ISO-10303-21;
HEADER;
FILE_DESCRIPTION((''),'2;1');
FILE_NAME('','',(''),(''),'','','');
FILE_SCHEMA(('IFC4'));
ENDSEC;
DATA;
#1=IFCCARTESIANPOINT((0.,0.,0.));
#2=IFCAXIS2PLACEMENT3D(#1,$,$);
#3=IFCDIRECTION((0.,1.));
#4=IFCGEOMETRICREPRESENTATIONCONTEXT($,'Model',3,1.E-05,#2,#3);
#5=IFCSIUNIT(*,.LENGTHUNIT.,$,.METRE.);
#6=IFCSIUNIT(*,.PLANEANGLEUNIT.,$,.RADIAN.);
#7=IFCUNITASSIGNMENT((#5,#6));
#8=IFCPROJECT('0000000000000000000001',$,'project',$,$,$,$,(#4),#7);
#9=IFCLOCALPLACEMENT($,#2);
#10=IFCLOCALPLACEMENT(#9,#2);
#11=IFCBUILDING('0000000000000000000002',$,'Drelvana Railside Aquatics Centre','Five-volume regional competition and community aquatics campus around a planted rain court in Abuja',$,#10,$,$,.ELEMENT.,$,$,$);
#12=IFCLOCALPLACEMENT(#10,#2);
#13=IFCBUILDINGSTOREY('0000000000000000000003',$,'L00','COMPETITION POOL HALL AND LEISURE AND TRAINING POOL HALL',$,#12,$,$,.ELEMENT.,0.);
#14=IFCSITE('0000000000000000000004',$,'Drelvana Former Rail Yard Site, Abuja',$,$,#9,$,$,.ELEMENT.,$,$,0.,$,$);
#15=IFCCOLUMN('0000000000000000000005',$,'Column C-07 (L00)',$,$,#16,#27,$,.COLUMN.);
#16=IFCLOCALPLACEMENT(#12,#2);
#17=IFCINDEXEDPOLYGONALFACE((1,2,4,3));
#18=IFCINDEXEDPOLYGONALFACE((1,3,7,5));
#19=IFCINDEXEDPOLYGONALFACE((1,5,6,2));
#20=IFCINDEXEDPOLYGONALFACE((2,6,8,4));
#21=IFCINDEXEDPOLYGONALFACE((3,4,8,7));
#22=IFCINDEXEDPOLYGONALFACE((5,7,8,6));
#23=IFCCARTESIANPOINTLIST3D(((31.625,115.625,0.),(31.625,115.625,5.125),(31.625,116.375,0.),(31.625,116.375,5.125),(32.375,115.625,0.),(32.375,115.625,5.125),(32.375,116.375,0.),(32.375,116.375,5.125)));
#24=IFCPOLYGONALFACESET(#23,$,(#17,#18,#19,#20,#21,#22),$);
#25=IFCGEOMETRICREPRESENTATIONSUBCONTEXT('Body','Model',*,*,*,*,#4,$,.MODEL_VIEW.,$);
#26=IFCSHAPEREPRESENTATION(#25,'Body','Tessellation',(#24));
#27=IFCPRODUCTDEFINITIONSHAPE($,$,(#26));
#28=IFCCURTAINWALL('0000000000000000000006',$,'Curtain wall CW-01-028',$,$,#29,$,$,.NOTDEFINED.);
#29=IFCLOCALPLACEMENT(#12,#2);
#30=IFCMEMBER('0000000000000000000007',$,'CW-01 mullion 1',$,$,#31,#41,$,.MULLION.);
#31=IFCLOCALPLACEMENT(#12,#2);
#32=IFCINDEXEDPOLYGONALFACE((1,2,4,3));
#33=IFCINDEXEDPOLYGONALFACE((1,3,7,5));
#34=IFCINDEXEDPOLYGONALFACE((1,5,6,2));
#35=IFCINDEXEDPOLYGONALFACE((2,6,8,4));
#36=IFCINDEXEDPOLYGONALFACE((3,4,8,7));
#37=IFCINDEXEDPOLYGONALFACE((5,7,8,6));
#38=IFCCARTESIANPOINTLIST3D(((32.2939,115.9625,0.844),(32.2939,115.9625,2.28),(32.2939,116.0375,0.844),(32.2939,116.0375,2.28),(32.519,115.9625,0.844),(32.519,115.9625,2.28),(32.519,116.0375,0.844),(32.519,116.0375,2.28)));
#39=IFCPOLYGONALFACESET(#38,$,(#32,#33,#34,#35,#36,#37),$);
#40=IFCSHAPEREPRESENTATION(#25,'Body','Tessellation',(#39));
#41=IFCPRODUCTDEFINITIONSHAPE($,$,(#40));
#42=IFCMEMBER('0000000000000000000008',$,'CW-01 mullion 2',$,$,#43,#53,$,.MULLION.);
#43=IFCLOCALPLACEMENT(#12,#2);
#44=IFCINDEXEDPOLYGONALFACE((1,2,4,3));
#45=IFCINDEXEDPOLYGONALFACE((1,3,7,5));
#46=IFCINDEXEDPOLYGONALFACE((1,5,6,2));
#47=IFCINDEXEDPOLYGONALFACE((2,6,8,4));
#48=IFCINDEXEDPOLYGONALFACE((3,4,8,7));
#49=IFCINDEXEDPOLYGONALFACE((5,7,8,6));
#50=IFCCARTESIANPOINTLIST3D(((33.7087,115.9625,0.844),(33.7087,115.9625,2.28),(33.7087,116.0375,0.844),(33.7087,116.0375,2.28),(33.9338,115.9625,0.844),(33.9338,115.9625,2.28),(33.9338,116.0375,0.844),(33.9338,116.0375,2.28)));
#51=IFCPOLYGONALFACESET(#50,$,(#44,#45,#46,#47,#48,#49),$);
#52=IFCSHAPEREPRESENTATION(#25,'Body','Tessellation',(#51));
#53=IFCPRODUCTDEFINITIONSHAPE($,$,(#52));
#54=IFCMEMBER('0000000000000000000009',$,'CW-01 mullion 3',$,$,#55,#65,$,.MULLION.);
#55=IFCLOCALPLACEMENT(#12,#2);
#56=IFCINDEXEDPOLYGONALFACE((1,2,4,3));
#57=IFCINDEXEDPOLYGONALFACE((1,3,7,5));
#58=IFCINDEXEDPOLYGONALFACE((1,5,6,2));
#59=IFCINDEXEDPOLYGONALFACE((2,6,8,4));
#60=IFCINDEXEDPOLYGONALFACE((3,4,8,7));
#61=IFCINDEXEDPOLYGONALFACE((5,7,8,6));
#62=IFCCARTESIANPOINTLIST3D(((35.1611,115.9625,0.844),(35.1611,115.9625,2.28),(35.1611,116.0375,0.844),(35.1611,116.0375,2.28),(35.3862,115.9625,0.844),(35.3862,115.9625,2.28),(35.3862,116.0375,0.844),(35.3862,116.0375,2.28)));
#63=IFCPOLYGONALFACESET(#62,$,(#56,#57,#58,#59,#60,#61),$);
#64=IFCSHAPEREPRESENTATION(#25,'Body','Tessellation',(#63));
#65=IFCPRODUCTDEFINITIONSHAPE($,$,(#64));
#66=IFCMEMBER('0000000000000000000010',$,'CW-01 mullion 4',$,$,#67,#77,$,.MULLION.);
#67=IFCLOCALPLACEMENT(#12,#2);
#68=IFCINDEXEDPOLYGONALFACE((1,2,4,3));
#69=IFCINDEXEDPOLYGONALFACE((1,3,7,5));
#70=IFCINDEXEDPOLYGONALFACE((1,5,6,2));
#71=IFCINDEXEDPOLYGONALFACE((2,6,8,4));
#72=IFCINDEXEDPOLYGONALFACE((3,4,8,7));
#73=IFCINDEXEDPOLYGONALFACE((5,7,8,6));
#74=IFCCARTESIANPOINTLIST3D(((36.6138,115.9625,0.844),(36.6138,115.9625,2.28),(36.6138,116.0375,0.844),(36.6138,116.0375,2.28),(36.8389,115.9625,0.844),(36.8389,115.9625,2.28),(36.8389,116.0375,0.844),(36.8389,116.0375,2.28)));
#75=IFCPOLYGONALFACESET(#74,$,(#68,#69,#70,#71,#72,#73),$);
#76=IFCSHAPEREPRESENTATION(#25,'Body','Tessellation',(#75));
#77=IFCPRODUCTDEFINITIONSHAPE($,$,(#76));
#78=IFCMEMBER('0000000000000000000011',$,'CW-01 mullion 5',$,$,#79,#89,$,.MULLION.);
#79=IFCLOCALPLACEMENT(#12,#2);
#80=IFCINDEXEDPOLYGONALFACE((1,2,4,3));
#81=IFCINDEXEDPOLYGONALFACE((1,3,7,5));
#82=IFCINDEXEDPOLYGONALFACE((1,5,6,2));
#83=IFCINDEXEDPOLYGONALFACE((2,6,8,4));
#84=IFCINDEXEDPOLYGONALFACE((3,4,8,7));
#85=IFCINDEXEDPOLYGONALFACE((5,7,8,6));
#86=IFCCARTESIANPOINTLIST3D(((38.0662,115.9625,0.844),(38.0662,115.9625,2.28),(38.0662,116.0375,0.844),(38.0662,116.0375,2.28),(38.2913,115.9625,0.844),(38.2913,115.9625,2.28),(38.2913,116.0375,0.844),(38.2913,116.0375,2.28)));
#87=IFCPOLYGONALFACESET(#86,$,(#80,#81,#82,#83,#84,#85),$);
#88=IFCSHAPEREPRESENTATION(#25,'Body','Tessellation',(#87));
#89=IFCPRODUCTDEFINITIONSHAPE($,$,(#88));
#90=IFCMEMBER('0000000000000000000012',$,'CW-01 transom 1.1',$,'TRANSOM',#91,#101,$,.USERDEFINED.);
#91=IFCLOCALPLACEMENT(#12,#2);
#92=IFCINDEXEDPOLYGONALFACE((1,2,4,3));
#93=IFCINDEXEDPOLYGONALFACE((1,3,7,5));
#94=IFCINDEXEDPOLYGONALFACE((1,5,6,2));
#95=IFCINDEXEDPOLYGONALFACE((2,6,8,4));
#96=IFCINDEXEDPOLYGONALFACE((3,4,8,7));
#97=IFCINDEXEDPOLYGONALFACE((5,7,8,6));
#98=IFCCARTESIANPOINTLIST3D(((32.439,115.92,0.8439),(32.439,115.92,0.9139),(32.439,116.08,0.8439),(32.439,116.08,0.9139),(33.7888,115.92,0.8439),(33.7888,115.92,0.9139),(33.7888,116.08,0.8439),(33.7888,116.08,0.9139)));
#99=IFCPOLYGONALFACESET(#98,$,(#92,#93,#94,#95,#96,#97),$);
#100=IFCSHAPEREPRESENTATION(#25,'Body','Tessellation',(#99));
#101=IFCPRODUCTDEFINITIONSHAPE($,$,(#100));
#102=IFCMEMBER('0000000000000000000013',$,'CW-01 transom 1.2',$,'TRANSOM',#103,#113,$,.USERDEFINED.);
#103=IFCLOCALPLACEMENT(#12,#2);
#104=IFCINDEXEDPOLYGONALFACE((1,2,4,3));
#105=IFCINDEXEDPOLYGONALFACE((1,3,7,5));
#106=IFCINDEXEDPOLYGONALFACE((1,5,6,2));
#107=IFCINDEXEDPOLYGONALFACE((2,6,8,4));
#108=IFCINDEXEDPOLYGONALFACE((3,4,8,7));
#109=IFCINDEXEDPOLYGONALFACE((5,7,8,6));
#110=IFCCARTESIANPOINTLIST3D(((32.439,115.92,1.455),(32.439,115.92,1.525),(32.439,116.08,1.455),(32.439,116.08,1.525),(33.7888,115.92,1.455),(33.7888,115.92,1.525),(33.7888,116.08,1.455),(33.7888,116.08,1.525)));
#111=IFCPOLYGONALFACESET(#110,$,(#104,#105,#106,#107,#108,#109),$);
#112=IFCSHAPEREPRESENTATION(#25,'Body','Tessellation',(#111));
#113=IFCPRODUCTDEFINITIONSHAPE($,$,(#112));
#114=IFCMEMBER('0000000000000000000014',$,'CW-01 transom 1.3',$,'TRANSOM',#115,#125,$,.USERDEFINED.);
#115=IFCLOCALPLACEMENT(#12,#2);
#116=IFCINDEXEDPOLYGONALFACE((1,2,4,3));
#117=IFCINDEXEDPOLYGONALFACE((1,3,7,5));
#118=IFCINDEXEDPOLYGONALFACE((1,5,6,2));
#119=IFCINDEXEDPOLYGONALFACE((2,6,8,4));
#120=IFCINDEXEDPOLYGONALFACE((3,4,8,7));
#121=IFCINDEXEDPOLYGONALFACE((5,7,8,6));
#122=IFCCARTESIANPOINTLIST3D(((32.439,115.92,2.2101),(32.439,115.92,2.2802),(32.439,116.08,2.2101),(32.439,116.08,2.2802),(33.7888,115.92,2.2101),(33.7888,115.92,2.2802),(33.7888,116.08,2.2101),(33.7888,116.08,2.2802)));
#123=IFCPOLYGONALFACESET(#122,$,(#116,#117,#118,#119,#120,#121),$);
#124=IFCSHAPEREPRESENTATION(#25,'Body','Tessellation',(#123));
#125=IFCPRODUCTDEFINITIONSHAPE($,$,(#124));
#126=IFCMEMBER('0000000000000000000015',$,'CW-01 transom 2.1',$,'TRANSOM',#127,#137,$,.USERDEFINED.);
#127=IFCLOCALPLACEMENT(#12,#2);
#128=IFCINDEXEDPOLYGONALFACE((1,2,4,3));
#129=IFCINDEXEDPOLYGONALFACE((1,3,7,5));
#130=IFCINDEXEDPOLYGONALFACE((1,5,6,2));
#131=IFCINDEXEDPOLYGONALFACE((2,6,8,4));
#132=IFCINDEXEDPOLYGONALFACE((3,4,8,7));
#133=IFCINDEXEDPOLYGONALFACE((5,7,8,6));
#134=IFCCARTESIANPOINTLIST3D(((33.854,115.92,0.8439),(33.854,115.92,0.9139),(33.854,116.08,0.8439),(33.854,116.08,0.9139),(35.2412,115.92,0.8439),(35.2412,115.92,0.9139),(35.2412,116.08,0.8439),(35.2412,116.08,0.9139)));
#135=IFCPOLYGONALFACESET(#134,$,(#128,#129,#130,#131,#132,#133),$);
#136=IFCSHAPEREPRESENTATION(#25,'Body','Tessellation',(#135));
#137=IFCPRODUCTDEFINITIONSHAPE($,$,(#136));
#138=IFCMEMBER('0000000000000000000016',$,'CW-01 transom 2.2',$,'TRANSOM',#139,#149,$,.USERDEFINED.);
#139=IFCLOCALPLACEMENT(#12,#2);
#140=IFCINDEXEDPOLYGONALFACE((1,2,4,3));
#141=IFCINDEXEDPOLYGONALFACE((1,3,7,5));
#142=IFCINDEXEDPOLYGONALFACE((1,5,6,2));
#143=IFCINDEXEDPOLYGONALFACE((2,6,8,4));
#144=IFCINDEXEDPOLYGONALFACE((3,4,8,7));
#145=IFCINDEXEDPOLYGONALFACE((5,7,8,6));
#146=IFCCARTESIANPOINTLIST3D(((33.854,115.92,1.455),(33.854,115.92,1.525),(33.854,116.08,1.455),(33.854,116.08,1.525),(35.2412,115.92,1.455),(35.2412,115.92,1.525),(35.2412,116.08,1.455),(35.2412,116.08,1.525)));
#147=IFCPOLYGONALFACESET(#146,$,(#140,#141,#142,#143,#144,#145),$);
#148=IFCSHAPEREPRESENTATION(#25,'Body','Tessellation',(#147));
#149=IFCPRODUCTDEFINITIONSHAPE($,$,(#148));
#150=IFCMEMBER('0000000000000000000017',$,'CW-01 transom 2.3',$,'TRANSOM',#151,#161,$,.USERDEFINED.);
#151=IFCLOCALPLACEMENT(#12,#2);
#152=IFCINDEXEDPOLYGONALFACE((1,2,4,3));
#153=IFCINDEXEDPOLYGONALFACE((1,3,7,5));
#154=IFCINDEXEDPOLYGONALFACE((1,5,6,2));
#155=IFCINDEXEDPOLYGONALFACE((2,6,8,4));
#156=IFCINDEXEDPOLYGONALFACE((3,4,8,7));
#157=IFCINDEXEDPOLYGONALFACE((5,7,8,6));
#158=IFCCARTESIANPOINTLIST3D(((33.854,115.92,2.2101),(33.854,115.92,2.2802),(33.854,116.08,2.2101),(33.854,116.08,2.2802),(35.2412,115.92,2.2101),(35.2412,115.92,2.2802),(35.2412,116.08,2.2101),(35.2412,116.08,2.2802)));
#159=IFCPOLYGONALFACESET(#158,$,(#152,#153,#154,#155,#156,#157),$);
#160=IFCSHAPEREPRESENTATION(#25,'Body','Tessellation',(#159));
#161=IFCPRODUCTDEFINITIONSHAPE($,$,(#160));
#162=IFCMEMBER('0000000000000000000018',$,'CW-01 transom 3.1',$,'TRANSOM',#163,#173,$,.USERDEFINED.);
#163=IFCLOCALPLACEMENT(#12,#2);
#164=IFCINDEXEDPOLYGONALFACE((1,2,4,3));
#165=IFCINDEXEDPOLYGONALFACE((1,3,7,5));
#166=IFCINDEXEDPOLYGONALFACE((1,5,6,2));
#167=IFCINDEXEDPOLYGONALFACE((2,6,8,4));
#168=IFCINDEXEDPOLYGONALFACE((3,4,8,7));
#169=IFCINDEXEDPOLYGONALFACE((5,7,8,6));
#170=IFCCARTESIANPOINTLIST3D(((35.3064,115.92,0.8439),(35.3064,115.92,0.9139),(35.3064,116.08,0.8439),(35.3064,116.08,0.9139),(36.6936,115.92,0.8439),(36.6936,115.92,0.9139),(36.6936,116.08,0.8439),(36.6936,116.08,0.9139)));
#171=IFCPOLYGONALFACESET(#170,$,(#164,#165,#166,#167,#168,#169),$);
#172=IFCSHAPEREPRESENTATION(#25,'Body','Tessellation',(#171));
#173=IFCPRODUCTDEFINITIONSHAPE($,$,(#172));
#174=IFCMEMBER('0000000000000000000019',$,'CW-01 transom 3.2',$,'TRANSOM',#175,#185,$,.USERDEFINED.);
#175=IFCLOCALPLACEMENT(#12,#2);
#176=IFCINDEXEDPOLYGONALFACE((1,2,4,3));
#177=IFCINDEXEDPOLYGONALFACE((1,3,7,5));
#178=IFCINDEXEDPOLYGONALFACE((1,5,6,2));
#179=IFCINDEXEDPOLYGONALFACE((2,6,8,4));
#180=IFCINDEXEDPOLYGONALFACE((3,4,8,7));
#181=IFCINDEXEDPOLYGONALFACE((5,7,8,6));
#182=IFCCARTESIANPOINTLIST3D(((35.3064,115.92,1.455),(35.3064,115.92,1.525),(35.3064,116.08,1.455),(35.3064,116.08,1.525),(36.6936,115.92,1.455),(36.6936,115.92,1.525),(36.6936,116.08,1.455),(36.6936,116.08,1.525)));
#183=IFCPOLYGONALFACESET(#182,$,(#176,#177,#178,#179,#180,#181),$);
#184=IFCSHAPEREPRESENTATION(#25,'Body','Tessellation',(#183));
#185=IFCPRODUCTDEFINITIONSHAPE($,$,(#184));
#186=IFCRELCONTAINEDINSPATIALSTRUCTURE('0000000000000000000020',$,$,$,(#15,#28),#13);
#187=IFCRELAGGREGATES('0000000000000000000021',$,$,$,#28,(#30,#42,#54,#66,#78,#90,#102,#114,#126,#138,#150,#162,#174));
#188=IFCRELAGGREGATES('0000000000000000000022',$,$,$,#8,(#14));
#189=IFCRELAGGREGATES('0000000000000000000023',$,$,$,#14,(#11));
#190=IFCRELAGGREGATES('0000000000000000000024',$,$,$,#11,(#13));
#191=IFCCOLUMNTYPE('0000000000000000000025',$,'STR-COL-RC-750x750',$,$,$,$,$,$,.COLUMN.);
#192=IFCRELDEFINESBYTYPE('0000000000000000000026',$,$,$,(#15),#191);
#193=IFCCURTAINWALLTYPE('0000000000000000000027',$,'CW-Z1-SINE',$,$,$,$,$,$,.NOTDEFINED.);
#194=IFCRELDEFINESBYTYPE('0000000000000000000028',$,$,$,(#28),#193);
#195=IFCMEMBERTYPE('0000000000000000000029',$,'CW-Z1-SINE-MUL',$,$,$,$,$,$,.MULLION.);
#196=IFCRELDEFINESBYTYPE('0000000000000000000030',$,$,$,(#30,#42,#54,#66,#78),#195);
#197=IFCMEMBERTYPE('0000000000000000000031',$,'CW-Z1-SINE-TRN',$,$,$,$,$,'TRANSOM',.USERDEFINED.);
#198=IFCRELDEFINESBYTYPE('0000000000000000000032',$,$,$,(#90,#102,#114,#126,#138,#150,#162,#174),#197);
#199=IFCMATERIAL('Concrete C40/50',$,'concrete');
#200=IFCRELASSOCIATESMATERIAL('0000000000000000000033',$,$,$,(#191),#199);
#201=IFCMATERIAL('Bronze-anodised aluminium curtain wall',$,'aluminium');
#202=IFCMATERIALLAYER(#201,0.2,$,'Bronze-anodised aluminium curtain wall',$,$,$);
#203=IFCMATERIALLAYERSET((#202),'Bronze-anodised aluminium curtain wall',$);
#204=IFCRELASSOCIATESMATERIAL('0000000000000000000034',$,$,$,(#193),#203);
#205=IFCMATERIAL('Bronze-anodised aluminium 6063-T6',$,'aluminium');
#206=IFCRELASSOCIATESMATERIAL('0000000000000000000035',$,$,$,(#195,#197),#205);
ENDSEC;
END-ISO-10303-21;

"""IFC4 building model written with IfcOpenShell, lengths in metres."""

from ifc_helpers import new_model, si_unit, direction, frame, origin, origin_2d, place, context, subcontext, project, spatial, rectangle, extrude, material, layer, layer_set, material_profile, profile_set, type_object, element, aggregate, save


model = new_model("IFC4")

# Units and contexts
model_context = context("Model", 3, precision=1e-05, world=origin(), true_north=direction((0.0, 1.0)))
body_context = subcontext(model_context, "Body", "Model", "MODEL_VIEW")
ifc_project = project(units=[si_unit("LENGTHUNIT", "METRE"), si_unit("PLANEANGLEUNIT", "RADIAN")], contexts=[model_context])

# Site, building, storey
site_placement = place(None, origin())
site = spatial("IfcSite", under=ifc_project, at=site_placement, Name="Drelvana Former Rail Yard Site, Abuja", CompositionType="ELEMENT", RefElevation=0.0)
building_placement = place(site_placement, origin())
building = spatial("IfcBuilding", under=site, at=building_placement, Name="Drelvana Railside Aquatics Centre", Description="Five-volume regional competition and community aquatics campus around a planted rain court in Abuja", CompositionType="ELEMENT")
storey_placement = place(building_placement, origin())
storey = spatial("IfcBuildingStorey", under=building, at=storey_placement, Name="L00", Description="COMPETITION POOL HALL AND LEISURE AND TRAINING POOL HALL", CompositionType="ELEMENT", Elevation=0.0)

# Column
ifc_material_1 = material(Name="Concrete C40/50", Category="concrete")
ifc_material_profile_1 = material_profile(ifc_material_1, rectangle(XDim=0.75, YDim=0.75, at=origin_2d()), Name="RC 750x750")
ifc_profile_set_1 = profile_set([ifc_material_profile_1], Name="Concrete C40/50")
column_type = type_object("IfcColumnType", Name="STR-COL-RC-750x750", PredefinedType="COLUMN", material=ifc_profile_set_1)
column_placement = place(storey_placement, frame((32.0, 116.0, 0.0), z_axis=(0.0, 0.0, 1.0), x_axis=(1.0, 0.0, 0.0)))
element("IfcColumn", 1, at=column_placement, inside=storey, type_object=column_type, Name="Column C-07 (L00)", PredefinedType="COLUMN", context=body_context, shape_type="SweptSolid", body=[
    extrude(rectangle(XDim=0.75, YDim=0.75, at=origin_2d()), origin(), (0.0, 0.0, 1.0), 5.125),
])

# Curtain wall, members
ifc_material_2 = material(Name="Bronze-anodised aluminium curtain wall", Category="aluminium")
ifc_layer_1 = layer(ifc_material_2, 0.2, Name="Bronze-anodised aluminium curtain wall")
ifc_layer_set_1 = layer_set([ifc_layer_1], Name="Bronze-anodised aluminium curtain wall")
curtain_wall_type = type_object("IfcCurtainWallType", Name="CW-Z1-SINE", PredefinedType="NOTDEFINED", material=ifc_layer_set_1)
curtain_wall_placement = place(storey_placement, origin())
curtain_wall = element("IfcCurtainWall", 2, at=curtain_wall_placement, inside=storey, type_object=curtain_wall_type, Name="Curtain wall CW-01-028", PredefinedType="NOTDEFINED")
ifc_material_3 = material(Name="Bronze-anodised aluminium 6063-T6", Category="aluminium")
ifc_material_profile_2 = material_profile(ifc_material_3, rectangle(XDim=0.075, YDim=0.2251, at=origin_2d()), Name="ALU-M 75x225")
ifc_profile_set_2 = profile_set([ifc_material_profile_2], Name="Bronze-anodised aluminium 6063-T6")
member_type_1 = type_object("IfcMemberType", Name="CW-Z1-SINE-MUL", PredefinedType="MULLION", material=ifc_profile_set_2)
member_1_placement = place(storey_placement, frame((32.4065, 116.0, 0.844), z_axis=(0.0, 0.0, 1.0), x_axis=(0.0, 1.0, 0.0)))
member_1 = element("IfcMember", 3, at=member_1_placement, type_object=member_type_1, Name="CW-01 mullion 1", PredefinedType="MULLION", context=body_context, shape_type="SweptSolid", body=[
    extrude(rectangle(XDim=0.075, YDim=0.2251, at=origin_2d()), origin(), (0.0, 0.0, 1.0), 1.436),
])
member_2_placement = place(storey_placement, frame((33.8213, 116.0, 0.844), z_axis=(0.0, 0.0, 1.0), x_axis=(0.0, 1.0, 0.0)))
member_2 = element("IfcMember", 4, at=member_2_placement, type_object=member_type_1, Name="CW-01 mullion 2", PredefinedType="MULLION", context=body_context, shape_type="SweptSolid", body=[
    extrude(rectangle(XDim=0.075, YDim=0.2251, at=origin_2d()), origin(), (0.0, 0.0, 1.0), 1.436),
])
member_3_placement = place(storey_placement, frame((35.2737, 116.0, 0.844), z_axis=(0.0, 0.0, 1.0), x_axis=(0.0, 1.0, 0.0)))
member_3 = element("IfcMember", 5, at=member_3_placement, type_object=member_type_1, Name="CW-01 mullion 3", PredefinedType="MULLION", context=body_context, shape_type="SweptSolid", body=[
    extrude(rectangle(XDim=0.075, YDim=0.2251, at=origin_2d()), origin(), (0.0, 0.0, 1.0), 1.436),
])
member_4_placement = place(storey_placement, frame((36.7263, 116.0, 0.844), z_axis=(0.0, 0.0, 1.0), x_axis=(0.0, 1.0, 0.0)))
member_4 = element("IfcMember", 6, at=member_4_placement, type_object=member_type_1, Name="CW-01 mullion 4", PredefinedType="MULLION", context=body_context, shape_type="SweptSolid", body=[
    extrude(rectangle(XDim=0.075, YDim=0.2251, at=origin_2d()), origin(), (0.0, 0.0, 1.0), 1.436),
])
member_5_placement = place(storey_placement, frame((38.1787, 116.0, 0.844), z_axis=(0.0, 0.0, 1.0), x_axis=(0.0, 1.0, 0.0)))
member_5 = element("IfcMember", 7, at=member_5_placement, type_object=member_type_1, Name="CW-01 mullion 5", PredefinedType="MULLION", context=body_context, shape_type="SweptSolid", body=[
    extrude(rectangle(XDim=0.075, YDim=0.2251, at=origin_2d()), origin(), (0.0, 0.0, 1.0), 1.436),
])
ifc_material_profile_3 = material_profile(ifc_material_3, rectangle(XDim=0.1599, YDim=0.0701, at=origin_2d()), Name="ALU-T 70x160")
ifc_profile_set_3 = profile_set([ifc_material_profile_3], Name="Bronze-anodised aluminium 6063-T6")
member_type_2 = type_object("IfcMemberType", Name="CW-Z1-SINE-TRN", ElementType="TRANSOM", PredefinedType="USERDEFINED", material=ifc_profile_set_3)
member_6_placement = place(storey_placement, frame((32.439, 116.0, 0.8789), z_axis=(1.0, 0.0, 0.0), x_axis=(0.0, 1.0, 0.0)))
member_6 = element("IfcMember", 8, at=member_6_placement, type_object=member_type_2, Name="CW-01 transom 1.1", ObjectType="TRANSOM", PredefinedType="USERDEFINED", context=body_context, shape_type="SweptSolid", body=[
    extrude(rectangle(XDim=0.1599, YDim=0.0701, at=origin_2d()), origin(), (0.0, 0.0, 1.0), 1.3499),
])
member_7_placement = place(storey_placement, frame((32.439, 116.0, 1.49), z_axis=(1.0, 0.0, 0.0), x_axis=(0.0, 1.0, 0.0)))
member_7 = element("IfcMember", 9, at=member_7_placement, type_object=member_type_2, Name="CW-01 transom 1.2", ObjectType="TRANSOM", PredefinedType="USERDEFINED", context=body_context, shape_type="SweptSolid", body=[
    extrude(rectangle(XDim=0.1599, YDim=0.0701, at=origin_2d()), origin(), (0.0, 0.0, 1.0), 1.3499),
])
member_8_placement = place(storey_placement, frame((32.439, 116.0, 2.2451), z_axis=(1.0, 0.0, 0.0), x_axis=(0.0, 1.0, 0.0)))
member_8 = element("IfcMember", 10, at=member_8_placement, type_object=member_type_2, Name="CW-01 transom 1.3", ObjectType="TRANSOM", PredefinedType="USERDEFINED", context=body_context, shape_type="SweptSolid", body=[
    extrude(rectangle(XDim=0.1599, YDim=0.0701, at=origin_2d()), origin(), (0.0, 0.0, 1.0), 1.3499),
])
member_9_placement = place(storey_placement, frame((33.854, 116.0, 0.8789), z_axis=(1.0, 0.0, 0.0), x_axis=(0.0, 1.0, 0.0)))
member_9 = element("IfcMember", 11, at=member_9_placement, type_object=member_type_2, Name="CW-01 transom 2.1", ObjectType="TRANSOM", PredefinedType="USERDEFINED", context=body_context, shape_type="SweptSolid", body=[
    extrude(rectangle(XDim=0.1599, YDim=0.0701, at=origin_2d()), origin(), (0.0, 0.0, 1.0), 1.3872),
])
member_10_placement = place(storey_placement, frame((33.854, 116.0, 1.49), z_axis=(1.0, 0.0, 0.0), x_axis=(0.0, 1.0, 0.0)))
member_10 = element("IfcMember", 12, at=member_10_placement, type_object=member_type_2, Name="CW-01 transom 2.2", ObjectType="TRANSOM", PredefinedType="USERDEFINED", context=body_context, shape_type="SweptSolid", body=[
    extrude(rectangle(XDim=0.1599, YDim=0.0701, at=origin_2d()), origin(), (0.0, 0.0, 1.0), 1.3872),
])
member_11_placement = place(storey_placement, frame((33.854, 116.0, 2.2451), z_axis=(1.0, 0.0, 0.0), x_axis=(0.0, 1.0, 0.0)))
member_11 = element("IfcMember", 13, at=member_11_placement, type_object=member_type_2, Name="CW-01 transom 2.3", ObjectType="TRANSOM", PredefinedType="USERDEFINED", context=body_context, shape_type="SweptSolid", body=[
    extrude(rectangle(XDim=0.1599, YDim=0.0701, at=origin_2d()), origin(), (0.0, 0.0, 1.0), 1.3872),
])
member_12_placement = place(storey_placement, frame((35.3064, 116.0, 0.8789), z_axis=(1.0, 0.0, 0.0), x_axis=(0.0, 1.0, 0.0)))
member_12 = element("IfcMember", 14, at=member_12_placement, type_object=member_type_2, Name="CW-01 transom 3.1", ObjectType="TRANSOM", PredefinedType="USERDEFINED", context=body_context, shape_type="SweptSolid", body=[
    extrude(rectangle(XDim=0.1599, YDim=0.0701, at=origin_2d()), origin(), (0.0, 0.0, 1.0), 1.3872),
])
member_13_placement = place(storey_placement, frame((35.3064, 116.0, 1.49), z_axis=(1.0, 0.0, 0.0), x_axis=(0.0, 1.0, 0.0)))
member_13 = element("IfcMember", 15, at=member_13_placement, type_object=member_type_2, Name="CW-01 transom 3.2", ObjectType="TRANSOM", PredefinedType="USERDEFINED", context=body_context, shape_type="SweptSolid", body=[
    extrude(rectangle(XDim=0.1599, YDim=0.0701, at=origin_2d()), origin(), (0.0, 0.0, 1.0), 1.3872),
])

aggregate(curtain_wall, [member_1, member_2, member_3, member_4, member_5, member_6, member_7, member_8, member_9, member_10, member_11, member_12, member_13])

save(model, "model.ifc")
